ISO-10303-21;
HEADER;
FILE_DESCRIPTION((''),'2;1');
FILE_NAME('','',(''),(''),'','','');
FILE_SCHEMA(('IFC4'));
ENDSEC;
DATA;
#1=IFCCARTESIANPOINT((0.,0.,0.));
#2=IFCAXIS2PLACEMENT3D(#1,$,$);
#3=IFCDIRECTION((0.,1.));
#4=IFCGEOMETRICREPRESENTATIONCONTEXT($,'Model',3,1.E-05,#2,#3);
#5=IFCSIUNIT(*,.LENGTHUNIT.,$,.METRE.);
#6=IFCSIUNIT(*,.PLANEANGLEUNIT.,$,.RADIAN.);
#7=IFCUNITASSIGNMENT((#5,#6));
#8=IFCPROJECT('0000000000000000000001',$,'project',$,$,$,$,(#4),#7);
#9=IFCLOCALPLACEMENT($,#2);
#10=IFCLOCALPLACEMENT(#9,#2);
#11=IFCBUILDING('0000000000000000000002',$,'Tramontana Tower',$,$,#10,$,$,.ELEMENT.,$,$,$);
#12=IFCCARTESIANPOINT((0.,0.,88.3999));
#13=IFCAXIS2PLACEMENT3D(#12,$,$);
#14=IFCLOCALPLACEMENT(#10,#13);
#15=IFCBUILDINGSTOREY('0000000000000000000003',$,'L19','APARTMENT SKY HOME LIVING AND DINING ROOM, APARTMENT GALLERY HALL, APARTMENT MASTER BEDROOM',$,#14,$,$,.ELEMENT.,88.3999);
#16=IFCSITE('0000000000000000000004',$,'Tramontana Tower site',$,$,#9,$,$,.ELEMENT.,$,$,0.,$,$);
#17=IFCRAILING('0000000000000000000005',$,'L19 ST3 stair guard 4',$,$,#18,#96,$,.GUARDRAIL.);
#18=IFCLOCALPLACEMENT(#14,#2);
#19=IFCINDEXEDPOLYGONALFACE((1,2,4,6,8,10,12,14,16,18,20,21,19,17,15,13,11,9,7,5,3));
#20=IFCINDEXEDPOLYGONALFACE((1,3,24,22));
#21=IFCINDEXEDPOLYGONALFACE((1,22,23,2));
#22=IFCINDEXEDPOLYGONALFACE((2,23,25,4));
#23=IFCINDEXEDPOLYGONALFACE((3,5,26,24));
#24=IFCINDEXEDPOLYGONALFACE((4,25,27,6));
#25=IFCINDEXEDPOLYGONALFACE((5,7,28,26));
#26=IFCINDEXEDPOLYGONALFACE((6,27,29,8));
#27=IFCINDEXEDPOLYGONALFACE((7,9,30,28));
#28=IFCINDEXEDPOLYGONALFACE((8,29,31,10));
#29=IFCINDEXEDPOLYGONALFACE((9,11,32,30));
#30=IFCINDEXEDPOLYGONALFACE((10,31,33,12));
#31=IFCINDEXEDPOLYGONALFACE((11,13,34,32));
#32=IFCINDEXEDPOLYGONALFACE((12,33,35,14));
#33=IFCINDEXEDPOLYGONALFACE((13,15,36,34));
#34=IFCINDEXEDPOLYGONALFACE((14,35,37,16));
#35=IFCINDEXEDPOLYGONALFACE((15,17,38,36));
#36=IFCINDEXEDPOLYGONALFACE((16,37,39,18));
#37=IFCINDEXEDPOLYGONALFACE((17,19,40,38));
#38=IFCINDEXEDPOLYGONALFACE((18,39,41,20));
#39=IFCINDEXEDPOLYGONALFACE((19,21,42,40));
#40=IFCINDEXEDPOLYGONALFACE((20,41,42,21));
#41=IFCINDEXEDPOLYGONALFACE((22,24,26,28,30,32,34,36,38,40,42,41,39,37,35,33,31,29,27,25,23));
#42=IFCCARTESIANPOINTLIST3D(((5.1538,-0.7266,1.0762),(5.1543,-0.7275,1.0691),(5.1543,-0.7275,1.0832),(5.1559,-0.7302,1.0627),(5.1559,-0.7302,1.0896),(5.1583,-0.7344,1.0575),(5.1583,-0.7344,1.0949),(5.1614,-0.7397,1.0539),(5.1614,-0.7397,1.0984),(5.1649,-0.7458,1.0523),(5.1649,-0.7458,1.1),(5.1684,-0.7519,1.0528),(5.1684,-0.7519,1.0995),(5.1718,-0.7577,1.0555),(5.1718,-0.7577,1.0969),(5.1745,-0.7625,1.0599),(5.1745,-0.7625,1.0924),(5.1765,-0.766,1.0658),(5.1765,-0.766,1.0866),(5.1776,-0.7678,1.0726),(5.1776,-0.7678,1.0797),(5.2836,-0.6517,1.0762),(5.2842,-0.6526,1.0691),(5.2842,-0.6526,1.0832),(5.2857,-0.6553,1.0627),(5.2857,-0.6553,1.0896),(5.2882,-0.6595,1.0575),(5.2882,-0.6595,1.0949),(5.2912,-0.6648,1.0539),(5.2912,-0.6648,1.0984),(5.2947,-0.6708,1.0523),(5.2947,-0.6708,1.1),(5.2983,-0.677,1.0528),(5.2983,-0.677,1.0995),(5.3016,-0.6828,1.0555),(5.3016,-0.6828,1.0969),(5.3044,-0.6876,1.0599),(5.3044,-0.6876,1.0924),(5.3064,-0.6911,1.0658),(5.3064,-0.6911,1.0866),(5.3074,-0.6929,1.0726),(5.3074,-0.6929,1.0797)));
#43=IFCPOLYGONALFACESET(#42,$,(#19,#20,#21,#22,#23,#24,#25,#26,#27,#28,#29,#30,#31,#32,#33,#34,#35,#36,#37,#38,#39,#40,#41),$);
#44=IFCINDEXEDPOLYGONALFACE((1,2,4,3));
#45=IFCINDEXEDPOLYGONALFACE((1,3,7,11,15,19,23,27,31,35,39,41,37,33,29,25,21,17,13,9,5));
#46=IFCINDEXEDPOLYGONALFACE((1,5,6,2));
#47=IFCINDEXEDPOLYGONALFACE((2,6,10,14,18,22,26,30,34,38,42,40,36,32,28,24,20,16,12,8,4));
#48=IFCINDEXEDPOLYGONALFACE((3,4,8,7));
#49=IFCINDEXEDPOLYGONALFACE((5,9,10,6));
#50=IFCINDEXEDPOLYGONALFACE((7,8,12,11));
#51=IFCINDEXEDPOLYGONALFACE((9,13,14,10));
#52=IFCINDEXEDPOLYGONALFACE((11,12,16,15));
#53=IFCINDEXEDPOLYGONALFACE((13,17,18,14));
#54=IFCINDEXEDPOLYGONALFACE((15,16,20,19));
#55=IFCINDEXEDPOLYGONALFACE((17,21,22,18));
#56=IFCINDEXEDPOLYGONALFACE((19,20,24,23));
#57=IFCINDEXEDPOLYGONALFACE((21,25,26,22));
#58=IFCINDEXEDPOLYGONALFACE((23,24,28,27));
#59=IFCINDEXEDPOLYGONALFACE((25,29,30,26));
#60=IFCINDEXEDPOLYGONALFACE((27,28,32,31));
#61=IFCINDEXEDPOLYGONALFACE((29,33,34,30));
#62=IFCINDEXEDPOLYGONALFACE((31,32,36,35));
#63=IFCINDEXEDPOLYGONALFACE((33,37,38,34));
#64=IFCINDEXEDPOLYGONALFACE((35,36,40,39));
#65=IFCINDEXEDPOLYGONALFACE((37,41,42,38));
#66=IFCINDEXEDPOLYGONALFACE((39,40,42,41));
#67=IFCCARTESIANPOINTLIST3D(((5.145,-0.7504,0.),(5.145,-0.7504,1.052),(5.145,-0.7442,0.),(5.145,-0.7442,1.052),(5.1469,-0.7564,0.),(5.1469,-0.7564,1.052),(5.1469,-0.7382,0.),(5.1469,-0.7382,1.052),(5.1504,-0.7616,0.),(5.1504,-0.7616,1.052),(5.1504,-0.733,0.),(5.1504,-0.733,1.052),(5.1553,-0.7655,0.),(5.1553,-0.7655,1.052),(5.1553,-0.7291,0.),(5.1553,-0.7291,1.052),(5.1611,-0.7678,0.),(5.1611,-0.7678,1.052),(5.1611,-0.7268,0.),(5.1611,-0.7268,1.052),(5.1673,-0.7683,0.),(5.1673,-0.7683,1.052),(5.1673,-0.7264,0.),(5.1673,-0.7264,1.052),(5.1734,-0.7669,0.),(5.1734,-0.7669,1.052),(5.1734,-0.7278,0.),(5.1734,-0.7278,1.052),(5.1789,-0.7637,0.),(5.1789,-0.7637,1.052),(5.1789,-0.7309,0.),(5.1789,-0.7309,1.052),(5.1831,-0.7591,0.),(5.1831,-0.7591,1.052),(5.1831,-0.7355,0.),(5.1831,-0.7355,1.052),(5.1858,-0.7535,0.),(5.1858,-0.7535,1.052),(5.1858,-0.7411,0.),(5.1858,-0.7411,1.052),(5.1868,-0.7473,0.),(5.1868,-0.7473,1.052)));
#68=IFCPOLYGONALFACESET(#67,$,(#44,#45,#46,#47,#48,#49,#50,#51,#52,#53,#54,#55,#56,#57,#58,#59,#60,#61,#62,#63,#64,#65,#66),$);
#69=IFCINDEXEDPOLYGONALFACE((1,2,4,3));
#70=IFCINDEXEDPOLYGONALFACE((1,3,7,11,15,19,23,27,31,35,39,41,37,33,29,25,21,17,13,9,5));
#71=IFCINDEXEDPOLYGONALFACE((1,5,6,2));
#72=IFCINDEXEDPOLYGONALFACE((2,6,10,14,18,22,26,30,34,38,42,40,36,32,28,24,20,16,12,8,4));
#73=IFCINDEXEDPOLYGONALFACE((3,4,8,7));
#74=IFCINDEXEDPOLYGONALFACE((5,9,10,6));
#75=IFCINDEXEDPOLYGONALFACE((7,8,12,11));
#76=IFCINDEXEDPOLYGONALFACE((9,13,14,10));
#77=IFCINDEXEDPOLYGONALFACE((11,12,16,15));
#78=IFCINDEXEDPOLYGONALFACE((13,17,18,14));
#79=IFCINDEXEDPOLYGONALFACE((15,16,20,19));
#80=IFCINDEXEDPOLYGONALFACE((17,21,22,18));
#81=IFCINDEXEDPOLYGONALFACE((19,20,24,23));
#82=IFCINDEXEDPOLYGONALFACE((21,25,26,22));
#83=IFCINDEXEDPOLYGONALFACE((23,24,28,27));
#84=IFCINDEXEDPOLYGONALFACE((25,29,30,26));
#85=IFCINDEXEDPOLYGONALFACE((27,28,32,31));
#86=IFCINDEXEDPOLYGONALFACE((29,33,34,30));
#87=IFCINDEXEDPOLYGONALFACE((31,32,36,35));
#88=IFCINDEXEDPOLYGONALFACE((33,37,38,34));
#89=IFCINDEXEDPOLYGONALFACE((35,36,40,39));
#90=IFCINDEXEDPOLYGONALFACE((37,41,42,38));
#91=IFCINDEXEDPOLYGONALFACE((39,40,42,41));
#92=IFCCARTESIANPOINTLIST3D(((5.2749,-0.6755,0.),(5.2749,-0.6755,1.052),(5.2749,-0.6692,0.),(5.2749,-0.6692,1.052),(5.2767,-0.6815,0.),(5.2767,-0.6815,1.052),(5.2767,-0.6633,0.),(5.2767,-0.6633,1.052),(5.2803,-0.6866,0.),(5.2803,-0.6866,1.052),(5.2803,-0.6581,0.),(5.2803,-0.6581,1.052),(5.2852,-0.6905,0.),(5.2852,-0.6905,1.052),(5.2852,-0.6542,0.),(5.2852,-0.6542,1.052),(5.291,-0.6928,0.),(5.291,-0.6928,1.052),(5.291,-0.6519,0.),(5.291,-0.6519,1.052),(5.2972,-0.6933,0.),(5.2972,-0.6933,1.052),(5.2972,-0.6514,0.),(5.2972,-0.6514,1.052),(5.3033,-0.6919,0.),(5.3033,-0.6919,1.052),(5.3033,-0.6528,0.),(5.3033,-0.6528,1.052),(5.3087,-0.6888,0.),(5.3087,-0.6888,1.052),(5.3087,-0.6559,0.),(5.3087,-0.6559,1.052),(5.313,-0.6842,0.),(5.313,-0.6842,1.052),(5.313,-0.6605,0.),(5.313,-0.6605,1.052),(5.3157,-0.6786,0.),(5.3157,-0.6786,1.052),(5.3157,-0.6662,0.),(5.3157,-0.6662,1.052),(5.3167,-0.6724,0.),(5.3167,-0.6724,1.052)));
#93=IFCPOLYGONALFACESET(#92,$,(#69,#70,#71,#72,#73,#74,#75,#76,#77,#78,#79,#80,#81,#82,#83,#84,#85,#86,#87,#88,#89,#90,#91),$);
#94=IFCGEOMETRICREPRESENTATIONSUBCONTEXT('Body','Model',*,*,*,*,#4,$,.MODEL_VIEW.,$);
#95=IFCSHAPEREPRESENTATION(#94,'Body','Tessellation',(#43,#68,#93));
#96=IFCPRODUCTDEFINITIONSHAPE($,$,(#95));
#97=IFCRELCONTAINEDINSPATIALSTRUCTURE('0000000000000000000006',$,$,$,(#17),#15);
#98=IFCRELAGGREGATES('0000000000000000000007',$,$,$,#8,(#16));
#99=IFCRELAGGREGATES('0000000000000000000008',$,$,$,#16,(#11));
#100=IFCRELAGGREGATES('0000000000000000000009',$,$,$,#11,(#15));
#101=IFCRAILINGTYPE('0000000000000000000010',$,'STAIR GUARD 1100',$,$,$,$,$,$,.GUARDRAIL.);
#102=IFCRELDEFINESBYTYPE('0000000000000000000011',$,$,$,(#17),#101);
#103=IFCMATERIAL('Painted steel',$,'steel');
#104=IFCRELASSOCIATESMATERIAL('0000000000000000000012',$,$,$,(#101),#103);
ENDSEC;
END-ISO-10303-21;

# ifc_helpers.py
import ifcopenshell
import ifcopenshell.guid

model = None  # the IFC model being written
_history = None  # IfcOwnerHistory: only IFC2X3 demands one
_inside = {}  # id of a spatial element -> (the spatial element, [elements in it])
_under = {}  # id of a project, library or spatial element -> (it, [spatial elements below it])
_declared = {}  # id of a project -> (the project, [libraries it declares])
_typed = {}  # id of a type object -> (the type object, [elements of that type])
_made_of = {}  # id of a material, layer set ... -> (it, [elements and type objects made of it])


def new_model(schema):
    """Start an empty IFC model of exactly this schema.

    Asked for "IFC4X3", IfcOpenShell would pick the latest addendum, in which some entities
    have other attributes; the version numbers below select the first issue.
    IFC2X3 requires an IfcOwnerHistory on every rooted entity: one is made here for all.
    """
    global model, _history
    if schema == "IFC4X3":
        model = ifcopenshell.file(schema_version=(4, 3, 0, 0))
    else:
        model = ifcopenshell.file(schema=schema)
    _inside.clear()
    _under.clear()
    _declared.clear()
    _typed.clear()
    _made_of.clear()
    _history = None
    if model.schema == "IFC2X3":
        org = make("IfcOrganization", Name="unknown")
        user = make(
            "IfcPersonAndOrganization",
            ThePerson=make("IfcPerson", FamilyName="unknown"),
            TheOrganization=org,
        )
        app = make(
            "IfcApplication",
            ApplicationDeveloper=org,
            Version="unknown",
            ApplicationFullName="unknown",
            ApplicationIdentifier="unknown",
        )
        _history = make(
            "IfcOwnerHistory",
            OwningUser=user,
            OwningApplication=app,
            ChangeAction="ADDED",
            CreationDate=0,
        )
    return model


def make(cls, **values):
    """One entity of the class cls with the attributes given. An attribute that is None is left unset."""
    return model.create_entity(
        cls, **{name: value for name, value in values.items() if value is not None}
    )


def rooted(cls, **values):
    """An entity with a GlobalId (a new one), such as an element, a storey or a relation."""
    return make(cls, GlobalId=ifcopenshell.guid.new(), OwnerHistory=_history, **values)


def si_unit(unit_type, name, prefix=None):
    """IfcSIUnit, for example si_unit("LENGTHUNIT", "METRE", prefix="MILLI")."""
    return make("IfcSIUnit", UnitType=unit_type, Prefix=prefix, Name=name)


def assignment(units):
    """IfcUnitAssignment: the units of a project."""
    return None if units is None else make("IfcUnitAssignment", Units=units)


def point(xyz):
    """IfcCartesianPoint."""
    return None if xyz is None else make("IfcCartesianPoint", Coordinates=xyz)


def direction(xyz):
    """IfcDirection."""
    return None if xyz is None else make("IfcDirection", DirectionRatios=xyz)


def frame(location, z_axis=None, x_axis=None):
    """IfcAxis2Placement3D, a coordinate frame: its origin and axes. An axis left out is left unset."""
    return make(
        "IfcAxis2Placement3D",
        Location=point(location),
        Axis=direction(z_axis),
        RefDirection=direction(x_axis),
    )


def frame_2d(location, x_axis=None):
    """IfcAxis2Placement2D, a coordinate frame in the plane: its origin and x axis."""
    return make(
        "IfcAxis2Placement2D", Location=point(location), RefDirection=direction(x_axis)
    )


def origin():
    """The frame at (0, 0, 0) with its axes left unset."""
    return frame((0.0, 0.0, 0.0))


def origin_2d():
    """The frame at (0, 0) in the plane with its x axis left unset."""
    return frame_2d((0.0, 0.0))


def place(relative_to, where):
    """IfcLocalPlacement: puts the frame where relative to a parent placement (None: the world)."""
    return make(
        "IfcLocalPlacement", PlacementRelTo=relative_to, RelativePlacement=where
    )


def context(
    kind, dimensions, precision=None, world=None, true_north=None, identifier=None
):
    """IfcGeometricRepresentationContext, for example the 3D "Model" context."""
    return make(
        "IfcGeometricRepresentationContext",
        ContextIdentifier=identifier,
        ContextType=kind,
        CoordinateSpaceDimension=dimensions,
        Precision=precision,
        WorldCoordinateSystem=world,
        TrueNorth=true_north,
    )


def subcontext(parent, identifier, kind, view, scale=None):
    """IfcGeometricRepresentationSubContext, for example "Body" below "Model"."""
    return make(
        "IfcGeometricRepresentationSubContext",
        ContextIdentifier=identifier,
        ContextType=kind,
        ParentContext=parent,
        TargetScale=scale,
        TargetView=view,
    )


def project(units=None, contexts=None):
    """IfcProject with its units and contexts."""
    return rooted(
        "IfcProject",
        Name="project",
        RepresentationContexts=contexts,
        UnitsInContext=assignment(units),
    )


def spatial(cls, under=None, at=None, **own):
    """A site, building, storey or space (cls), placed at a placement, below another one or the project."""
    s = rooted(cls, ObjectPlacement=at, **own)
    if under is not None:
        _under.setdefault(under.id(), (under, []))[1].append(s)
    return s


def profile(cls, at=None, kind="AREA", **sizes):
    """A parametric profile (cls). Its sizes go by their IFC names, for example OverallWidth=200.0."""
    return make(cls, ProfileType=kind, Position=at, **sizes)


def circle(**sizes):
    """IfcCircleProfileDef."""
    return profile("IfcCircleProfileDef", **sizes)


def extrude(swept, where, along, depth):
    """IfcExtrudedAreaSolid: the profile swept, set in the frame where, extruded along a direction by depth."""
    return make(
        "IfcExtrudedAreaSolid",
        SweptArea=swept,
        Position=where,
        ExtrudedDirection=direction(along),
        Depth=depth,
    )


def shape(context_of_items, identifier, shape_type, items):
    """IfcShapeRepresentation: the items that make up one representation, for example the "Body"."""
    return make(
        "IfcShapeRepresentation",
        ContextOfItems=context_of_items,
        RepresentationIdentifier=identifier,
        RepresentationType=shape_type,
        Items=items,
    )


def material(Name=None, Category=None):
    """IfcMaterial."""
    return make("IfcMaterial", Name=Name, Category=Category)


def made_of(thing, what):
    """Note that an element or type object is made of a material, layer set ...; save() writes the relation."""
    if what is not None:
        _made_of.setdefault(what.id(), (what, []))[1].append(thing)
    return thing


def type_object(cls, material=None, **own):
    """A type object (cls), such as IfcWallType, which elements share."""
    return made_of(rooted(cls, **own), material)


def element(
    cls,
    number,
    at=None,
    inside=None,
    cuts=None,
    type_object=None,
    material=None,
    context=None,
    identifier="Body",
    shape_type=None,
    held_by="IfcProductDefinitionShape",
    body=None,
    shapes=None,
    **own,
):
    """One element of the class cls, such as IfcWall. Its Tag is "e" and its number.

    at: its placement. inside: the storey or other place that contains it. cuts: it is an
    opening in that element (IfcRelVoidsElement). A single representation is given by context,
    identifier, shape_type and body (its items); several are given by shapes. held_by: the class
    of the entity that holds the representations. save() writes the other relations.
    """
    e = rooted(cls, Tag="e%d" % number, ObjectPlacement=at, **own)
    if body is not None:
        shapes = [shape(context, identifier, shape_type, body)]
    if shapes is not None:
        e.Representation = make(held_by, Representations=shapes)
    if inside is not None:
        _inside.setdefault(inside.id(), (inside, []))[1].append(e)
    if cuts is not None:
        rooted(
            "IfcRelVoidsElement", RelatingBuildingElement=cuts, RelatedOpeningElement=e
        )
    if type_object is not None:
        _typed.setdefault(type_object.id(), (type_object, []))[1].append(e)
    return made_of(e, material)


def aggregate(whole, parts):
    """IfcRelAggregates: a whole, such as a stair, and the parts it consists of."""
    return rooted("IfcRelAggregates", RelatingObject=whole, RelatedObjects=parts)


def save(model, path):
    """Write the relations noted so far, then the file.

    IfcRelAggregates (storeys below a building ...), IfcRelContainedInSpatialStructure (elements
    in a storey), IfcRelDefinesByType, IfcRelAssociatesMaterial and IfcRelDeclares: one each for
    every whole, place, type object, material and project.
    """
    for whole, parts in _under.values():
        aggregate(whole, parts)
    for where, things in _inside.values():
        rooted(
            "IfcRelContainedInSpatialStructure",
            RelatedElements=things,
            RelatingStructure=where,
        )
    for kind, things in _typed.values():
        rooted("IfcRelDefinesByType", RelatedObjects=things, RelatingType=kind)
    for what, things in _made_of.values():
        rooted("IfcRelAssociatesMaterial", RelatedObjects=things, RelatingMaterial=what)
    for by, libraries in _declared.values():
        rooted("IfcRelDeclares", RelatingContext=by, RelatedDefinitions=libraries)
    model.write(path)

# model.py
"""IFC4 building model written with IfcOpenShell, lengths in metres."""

from ifc_helpers import new_model, si_unit, direction, frame, origin, origin_2d, place, context, subcontext, project, spatial, circle, extrude, material, type_object, element, save


model = new_model("IFC4")

# Units and contexts
model_context = context("Model", 3, precision=1e-05, world=origin(), true_north=direction((0.0, 1.0)))
body_context = subcontext(model_context, "Body", "Model", "MODEL_VIEW")
ifc_project = project(units=[si_unit("LENGTHUNIT", "METRE"), si_unit("PLANEANGLEUNIT", "RADIAN")], contexts=[model_context])

# Site, building, storey
site_placement = place(None, origin())
site = spatial("IfcSite", under=ifc_project, at=site_placement, Name="Tramontana Tower site", CompositionType="ELEMENT", RefElevation=0.0)
building_placement = place(site_placement, origin())
building = spatial("IfcBuilding", under=site, at=building_placement, Name="Tramontana Tower", CompositionType="ELEMENT")
storey_placement = place(building_placement, frame((0.0, 0.0, 88.3999)))
storey = spatial("IfcBuildingStorey", under=building, at=storey_placement, Name="L19", Description="APARTMENT SKY HOME LIVING AND DINING ROOM, APARTMENT GALLERY HALL, APARTMENT MASTER BEDROOM", CompositionType="ELEMENT", Elevation=88.3999)

# Railing
ifc_material_1 = material(Name="Painted steel", Category="steel")
railing_type_1 = type_object("IfcRailingType", Name="STAIR GUARD 1100", PredefinedType="GUARDRAIL", material=ifc_material_1)
railing_1_placement = place(storey_placement, frame((5.1658, -0.7473, 0.0)))
element("IfcRailing", 1, at=railing_1_placement, inside=storey, type_object=railing_type_1, Name="L19 ST3 stair guard 4", PredefinedType="GUARDRAIL", context=body_context, shape_type="SweptSolid", body=[
    extrude(circle(Radius=0.0239, at=origin_2d()), frame((0.0, 0.0, 1.0762), z_axis=(0.866131, 0.499816, 0.0), x_axis=(-0.499816, 0.866131, 0.0)), (0.0, 0.0, 1.0), 0.1499),
    extrude(circle(Radius=0.021, at=origin_2d()), origin(), (0.0, 0.0, 1.0), 1.052),
    extrude(circle(Radius=0.021, at=origin_2d()), frame((0.1299, 0.075, 0.0)), (0.0, 0.0, 1.0), 1.052),
])

save(model, "model.ifc")
